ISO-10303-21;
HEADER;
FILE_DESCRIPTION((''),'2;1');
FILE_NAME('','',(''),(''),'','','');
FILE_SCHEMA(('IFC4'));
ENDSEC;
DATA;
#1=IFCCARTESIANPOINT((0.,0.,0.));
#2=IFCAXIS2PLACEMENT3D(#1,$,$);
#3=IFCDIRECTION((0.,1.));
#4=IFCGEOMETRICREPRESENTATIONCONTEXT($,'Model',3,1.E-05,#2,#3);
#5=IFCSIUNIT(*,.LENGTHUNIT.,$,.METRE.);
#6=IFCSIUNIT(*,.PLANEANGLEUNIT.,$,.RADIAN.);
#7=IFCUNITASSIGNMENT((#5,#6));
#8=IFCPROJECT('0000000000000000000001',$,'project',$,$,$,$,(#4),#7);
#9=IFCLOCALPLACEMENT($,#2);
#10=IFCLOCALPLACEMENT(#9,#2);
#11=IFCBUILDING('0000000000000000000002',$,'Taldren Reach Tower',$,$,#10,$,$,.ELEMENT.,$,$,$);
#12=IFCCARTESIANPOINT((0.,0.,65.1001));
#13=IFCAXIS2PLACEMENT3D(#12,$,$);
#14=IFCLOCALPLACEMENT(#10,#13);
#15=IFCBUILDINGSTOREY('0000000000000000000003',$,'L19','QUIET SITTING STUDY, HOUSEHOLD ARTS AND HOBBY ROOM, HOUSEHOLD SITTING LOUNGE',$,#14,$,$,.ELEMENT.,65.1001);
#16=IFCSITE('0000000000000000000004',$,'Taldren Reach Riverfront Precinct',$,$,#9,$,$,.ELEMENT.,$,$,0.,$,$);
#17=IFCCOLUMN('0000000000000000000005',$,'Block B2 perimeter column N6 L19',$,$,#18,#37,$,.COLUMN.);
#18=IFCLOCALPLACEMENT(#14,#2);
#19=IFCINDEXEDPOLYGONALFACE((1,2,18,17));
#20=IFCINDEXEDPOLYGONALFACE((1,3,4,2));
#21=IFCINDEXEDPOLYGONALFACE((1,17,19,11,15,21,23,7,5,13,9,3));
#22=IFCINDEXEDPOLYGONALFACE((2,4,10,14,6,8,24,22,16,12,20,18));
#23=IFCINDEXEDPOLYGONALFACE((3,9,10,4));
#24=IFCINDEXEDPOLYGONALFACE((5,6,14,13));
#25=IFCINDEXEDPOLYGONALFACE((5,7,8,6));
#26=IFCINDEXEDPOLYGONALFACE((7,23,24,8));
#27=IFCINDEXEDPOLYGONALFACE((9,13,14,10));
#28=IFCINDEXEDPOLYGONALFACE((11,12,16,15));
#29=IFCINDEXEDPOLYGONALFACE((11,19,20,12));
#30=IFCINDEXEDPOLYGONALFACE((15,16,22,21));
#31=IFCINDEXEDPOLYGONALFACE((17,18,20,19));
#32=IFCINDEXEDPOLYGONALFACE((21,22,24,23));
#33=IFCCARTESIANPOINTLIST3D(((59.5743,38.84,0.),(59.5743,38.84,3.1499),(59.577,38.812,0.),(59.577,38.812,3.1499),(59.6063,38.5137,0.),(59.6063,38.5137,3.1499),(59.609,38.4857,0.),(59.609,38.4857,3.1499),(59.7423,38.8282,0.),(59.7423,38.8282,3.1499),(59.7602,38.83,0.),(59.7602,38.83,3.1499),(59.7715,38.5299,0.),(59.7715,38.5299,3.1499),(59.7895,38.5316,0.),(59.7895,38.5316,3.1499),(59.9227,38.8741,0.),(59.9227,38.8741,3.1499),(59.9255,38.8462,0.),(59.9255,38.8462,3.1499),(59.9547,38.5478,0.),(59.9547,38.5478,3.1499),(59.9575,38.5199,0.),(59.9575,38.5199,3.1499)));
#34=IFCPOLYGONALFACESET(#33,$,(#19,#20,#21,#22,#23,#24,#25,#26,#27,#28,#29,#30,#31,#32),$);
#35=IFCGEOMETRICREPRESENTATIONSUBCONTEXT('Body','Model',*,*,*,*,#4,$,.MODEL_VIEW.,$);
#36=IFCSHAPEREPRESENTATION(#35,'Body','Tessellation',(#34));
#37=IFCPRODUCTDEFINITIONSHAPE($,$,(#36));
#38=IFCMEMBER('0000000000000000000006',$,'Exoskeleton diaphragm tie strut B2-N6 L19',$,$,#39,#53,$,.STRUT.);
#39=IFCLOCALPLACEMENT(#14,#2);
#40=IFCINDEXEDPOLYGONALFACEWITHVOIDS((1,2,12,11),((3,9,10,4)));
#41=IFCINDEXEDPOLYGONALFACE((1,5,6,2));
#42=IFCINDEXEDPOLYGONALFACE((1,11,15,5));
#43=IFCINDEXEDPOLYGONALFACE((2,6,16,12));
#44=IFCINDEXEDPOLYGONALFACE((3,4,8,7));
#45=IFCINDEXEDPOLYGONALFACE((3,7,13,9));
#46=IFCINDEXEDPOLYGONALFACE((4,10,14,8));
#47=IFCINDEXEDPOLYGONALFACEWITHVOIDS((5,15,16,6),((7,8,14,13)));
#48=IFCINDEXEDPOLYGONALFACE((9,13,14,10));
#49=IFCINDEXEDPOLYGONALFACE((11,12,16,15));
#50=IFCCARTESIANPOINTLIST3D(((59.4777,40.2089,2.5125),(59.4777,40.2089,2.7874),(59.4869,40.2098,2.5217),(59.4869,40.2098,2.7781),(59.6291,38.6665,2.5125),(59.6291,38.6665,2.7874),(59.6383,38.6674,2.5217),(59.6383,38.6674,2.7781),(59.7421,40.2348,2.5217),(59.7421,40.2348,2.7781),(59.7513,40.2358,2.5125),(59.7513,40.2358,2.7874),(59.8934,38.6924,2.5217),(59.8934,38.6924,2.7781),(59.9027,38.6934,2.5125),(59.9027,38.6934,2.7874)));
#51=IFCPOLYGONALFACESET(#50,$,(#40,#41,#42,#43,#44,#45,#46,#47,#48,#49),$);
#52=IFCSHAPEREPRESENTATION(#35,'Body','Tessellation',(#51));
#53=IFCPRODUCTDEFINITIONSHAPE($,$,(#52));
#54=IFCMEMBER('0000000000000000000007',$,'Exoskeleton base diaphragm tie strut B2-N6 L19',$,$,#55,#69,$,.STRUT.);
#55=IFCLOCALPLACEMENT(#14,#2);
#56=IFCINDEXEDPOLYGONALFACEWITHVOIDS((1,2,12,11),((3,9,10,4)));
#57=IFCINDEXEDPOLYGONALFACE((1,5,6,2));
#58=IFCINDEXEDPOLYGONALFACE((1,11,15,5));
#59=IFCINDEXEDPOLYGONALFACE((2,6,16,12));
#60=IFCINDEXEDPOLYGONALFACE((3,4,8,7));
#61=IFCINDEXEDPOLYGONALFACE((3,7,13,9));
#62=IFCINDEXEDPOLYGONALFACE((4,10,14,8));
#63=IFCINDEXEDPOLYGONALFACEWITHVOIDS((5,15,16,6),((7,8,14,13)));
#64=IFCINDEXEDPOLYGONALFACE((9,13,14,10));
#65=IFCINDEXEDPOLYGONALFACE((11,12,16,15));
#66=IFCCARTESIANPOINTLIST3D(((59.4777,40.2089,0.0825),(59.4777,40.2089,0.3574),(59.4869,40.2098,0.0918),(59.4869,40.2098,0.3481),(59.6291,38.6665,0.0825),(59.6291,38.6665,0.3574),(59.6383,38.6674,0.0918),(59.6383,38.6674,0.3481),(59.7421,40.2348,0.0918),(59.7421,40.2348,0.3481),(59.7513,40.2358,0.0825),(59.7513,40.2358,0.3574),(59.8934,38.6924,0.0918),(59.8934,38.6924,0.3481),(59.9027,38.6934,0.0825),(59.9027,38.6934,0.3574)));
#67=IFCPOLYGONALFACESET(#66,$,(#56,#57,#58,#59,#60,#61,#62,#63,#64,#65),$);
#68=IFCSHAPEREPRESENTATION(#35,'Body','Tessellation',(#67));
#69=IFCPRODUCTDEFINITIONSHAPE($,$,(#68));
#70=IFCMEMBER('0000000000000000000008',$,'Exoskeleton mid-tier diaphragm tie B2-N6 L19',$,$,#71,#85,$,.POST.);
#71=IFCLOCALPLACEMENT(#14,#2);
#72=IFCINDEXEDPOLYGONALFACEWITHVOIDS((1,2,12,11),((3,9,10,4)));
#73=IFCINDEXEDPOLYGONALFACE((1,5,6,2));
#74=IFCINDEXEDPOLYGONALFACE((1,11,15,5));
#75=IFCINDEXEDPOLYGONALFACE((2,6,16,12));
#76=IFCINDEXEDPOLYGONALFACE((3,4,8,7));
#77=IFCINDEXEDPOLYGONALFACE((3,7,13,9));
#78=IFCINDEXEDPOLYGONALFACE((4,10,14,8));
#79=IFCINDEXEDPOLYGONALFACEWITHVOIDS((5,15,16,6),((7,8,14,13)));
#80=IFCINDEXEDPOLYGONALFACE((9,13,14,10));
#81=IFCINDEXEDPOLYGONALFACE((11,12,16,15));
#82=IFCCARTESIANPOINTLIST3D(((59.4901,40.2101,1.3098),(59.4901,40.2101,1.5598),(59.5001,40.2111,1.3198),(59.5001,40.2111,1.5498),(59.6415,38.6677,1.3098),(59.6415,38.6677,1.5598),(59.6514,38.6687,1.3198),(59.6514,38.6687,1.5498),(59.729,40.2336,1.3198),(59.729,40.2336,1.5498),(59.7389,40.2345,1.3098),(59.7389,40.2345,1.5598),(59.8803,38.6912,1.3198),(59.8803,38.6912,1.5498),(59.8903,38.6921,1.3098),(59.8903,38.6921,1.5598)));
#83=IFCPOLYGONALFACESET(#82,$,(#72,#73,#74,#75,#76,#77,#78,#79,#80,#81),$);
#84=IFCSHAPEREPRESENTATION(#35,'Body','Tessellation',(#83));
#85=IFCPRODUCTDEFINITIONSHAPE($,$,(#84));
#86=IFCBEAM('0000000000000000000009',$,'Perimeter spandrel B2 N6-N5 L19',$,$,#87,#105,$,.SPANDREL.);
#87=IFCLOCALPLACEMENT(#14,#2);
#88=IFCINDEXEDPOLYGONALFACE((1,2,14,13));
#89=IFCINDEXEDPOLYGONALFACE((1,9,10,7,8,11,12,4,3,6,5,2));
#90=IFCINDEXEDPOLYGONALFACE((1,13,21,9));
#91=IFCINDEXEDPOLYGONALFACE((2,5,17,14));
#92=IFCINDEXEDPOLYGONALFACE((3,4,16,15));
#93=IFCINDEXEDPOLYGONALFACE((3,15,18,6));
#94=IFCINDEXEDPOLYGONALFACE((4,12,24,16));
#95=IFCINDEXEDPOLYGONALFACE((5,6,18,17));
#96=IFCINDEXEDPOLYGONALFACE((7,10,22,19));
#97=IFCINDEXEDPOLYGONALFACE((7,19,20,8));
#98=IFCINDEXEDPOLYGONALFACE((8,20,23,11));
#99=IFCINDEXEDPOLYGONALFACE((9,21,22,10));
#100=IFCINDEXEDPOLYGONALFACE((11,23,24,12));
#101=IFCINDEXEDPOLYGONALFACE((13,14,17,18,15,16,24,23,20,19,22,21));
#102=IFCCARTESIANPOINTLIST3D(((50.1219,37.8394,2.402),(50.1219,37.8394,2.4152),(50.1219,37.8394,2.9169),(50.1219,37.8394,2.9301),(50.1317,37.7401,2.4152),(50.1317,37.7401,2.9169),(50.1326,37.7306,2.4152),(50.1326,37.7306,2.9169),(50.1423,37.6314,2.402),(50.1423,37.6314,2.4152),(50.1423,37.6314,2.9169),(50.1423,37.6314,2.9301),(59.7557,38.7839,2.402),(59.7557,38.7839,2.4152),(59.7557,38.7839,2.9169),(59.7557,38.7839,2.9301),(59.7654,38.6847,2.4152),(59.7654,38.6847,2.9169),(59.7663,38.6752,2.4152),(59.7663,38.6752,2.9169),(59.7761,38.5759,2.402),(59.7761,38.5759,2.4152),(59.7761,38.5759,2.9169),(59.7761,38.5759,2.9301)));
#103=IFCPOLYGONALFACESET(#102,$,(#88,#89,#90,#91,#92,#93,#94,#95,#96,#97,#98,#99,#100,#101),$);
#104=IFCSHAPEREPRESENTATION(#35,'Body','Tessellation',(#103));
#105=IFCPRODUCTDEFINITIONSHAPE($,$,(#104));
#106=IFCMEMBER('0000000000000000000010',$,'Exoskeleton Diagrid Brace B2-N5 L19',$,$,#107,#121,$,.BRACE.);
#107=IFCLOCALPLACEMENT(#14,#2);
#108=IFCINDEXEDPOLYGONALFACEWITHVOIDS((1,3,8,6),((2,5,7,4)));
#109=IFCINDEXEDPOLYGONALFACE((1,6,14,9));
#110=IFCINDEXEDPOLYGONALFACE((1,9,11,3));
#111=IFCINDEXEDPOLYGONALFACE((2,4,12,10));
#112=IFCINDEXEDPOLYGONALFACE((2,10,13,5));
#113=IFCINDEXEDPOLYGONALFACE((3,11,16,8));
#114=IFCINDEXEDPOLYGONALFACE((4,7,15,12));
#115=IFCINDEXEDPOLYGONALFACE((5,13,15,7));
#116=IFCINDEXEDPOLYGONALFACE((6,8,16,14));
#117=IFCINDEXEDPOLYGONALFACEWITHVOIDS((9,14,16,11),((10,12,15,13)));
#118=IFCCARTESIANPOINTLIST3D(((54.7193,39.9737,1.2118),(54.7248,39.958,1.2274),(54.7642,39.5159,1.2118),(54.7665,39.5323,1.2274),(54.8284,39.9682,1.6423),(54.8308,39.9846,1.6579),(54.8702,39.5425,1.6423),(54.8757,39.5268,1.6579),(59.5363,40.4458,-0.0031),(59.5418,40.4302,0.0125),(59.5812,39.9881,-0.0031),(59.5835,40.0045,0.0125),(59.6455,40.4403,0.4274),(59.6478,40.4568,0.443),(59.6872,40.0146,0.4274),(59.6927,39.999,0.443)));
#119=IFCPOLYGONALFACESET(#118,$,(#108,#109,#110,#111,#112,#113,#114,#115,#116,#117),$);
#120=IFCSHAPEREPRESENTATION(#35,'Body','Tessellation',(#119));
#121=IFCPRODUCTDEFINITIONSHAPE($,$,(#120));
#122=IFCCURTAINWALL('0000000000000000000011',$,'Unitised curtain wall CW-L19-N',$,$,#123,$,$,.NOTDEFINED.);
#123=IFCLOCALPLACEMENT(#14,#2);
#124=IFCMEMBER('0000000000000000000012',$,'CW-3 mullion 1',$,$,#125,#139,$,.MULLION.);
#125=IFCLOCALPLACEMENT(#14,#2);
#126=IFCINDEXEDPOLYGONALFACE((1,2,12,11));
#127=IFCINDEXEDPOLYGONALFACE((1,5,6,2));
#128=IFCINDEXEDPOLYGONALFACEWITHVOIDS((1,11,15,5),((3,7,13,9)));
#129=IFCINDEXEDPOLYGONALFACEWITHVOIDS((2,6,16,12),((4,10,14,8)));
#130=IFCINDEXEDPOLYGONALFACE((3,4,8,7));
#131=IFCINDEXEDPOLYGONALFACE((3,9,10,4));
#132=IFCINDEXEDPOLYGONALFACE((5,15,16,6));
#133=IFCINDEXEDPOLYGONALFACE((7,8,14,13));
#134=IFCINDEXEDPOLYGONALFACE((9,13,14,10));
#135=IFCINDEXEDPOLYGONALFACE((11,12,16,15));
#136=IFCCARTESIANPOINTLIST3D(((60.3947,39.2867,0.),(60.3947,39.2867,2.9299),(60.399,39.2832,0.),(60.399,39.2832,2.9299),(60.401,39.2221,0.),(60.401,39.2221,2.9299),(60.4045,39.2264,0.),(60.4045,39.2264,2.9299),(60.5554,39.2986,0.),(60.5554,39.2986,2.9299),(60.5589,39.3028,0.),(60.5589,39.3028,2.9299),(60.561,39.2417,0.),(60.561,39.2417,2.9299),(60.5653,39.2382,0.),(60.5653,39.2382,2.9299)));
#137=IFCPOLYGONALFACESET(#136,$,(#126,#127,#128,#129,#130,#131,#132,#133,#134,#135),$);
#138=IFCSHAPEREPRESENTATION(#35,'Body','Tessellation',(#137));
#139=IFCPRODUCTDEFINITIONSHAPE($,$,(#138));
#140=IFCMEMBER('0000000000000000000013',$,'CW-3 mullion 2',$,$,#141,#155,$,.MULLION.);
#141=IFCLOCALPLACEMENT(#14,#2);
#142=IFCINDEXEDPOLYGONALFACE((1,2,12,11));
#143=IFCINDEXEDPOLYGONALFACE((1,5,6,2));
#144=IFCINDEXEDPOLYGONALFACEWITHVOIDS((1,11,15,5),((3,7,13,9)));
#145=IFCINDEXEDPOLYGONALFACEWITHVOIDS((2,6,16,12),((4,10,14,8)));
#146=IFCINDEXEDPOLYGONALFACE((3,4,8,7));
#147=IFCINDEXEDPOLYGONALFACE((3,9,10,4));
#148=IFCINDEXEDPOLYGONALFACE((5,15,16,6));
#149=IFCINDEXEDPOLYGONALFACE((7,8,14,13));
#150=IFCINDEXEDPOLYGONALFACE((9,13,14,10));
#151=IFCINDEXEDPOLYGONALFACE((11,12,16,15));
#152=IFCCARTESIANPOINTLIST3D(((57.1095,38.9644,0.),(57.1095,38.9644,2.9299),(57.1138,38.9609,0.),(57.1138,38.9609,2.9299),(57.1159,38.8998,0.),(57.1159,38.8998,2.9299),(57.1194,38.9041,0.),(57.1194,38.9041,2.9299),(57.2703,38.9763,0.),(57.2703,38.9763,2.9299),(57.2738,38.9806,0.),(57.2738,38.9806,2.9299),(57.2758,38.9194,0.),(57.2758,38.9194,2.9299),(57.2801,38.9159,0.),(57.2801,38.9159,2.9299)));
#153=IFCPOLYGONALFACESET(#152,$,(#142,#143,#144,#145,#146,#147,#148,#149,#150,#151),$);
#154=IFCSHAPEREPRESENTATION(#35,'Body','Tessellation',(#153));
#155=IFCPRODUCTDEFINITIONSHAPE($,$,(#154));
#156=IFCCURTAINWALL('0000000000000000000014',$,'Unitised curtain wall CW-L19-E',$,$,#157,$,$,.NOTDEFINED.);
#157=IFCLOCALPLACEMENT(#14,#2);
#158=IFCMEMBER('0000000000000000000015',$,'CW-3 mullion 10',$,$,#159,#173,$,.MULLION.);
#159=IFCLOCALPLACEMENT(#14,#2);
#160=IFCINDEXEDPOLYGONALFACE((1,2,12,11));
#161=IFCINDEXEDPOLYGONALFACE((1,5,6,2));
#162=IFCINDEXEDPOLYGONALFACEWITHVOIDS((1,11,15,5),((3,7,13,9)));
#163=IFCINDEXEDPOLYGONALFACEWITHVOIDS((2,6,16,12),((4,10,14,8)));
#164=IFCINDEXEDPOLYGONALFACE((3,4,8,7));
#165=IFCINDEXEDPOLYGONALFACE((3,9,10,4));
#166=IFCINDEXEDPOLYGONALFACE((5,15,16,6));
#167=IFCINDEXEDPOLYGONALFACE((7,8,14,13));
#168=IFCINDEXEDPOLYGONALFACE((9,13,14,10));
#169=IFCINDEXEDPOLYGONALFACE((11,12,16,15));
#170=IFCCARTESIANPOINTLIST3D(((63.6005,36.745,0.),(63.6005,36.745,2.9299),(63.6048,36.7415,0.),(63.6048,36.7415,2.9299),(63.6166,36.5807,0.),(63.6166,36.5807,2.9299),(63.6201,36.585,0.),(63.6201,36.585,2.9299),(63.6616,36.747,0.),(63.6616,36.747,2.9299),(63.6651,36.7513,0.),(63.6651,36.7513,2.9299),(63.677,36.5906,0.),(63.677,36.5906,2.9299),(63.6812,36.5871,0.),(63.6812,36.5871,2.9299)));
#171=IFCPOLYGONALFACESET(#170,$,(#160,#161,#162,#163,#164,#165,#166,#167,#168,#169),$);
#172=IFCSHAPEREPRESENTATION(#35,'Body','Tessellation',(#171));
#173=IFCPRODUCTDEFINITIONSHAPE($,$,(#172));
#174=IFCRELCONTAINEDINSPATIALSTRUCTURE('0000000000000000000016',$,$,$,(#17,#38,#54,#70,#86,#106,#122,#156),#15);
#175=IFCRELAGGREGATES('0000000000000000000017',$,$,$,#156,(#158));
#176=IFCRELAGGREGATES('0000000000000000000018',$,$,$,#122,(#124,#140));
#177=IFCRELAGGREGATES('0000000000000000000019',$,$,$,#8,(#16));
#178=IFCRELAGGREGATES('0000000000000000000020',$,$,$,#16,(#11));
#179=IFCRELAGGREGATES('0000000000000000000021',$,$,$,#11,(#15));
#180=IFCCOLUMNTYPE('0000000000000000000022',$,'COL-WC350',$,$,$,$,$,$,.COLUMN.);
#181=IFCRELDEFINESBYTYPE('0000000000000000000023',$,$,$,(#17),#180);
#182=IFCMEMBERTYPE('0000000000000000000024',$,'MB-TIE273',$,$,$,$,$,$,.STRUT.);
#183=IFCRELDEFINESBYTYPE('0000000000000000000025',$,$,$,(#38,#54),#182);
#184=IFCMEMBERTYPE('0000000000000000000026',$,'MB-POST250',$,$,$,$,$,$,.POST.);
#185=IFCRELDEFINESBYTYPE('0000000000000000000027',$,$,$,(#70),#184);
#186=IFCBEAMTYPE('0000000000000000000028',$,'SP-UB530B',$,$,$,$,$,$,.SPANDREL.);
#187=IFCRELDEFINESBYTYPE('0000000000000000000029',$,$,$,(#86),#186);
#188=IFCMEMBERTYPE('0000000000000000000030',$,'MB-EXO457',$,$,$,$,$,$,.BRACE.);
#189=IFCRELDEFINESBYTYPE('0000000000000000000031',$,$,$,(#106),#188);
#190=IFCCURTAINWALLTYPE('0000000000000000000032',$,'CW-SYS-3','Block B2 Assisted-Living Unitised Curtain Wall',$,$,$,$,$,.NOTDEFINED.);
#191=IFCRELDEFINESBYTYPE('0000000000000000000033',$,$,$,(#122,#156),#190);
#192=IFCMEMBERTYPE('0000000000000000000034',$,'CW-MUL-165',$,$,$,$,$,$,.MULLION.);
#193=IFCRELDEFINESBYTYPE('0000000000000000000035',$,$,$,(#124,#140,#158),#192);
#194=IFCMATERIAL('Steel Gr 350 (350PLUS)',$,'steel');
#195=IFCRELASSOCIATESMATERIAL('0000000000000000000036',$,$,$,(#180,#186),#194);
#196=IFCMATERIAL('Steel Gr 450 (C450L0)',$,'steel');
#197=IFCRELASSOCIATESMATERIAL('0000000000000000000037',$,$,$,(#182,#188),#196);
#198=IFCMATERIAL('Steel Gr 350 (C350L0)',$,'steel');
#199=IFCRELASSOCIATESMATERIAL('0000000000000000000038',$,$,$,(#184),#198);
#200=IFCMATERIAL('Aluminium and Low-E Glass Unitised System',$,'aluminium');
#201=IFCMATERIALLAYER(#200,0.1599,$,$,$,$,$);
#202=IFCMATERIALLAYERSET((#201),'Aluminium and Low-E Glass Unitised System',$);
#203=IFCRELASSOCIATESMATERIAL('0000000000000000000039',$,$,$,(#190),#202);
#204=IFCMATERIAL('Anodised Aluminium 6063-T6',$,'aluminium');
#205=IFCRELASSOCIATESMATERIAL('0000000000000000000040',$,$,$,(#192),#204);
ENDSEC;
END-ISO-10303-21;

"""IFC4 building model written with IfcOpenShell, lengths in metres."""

from ifc_helpers import new_model, si_unit, direction, frame, origin, origin_2d, place, context, subcontext, project, spatial, hollow_rectangle, i_section, extrude, source, transform, mapped, material, layer, layer_set, material_profile, profile_set, type_object, element, aggregate, save


model = new_model("IFC4")

# Units and contexts
model_context = context("Model", 3, precision=1e-05, world=origin(), true_north=direction((0.0, 1.0)))
body_context = subcontext(model_context, "Body", "Model", "MODEL_VIEW")
ifc_project = project(units=[si_unit("LENGTHUNIT", "METRE"), si_unit("PLANEANGLEUNIT", "RADIAN")], contexts=[model_context])

# Site, building, storey
site_placement = place(None, origin())
site = spatial("IfcSite", under=ifc_project, at=site_placement, Name="Taldren Reach Riverfront Precinct", CompositionType="ELEMENT", RefElevation=0.0)
building_placement = place(site_placement, origin())
building = spatial("IfcBuilding", under=site, at=building_placement, Name="Taldren Reach Tower", CompositionType="ELEMENT")
storey_placement = place(building_placement, frame((0.0, 0.0, 65.1001)))
storey = spatial("IfcBuildingStorey", under=building, at=storey_placement, Name="L19", Description="QUIET SITTING STUDY, HOUSEHOLD ARTS AND HOBBY ROOM, HOUSEHOLD SITTING LOUNGE", CompositionType="ELEMENT", Elevation=65.1001)

# Column
ifc_material_1 = material(Name="Steel Gr 350 (350PLUS)", Category="steel")
ifc_material_profile_1 = material_profile(ifc_material_1, i_section(OverallWidth=0.3501, OverallDepth=0.356, WebThickness=0.0181, FlangeThickness=0.0281, at=origin_2d()), Name="350WC197")
ifc_profile_set_1 = profile_set([ifc_material_profile_1], Name="Steel Gr 350 (350PLUS)")
column_type = type_object("IfcColumnType", Name="COL-WC350", PredefinedType="COLUMN", material=ifc_profile_set_1)
shared_shape_1 = source(origin(), body_context, "Body", "SweptSolid", [
    extrude(i_section(OverallWidth=0.3501, OverallDepth=0.356, WebThickness=0.0181, FlangeThickness=0.0281, at=origin_2d()), origin(), (0.0, 0.0, 1.0), 3.1499),
])
column_placement = place(storey_placement, frame((59.7659, 38.6799, 0.0), z_axis=(0.0, 0.0, 1.0), x_axis=(0.995227, 0.097583, 0.0)))
element("IfcColumn", 1, at=column_placement, inside=storey, type_object=column_type, Name="Block B2 perimeter column N6 L19", PredefinedType="COLUMN", context=body_context, shape_type="MappedRepresentation", body=[
    mapped(shared_shape_1, transform((0.0, 0.0, 0.0), scale=1.0)),
])

# Members
ifc_material_2 = material(Name="Steel Gr 450 (C450L0)", Category="steel")
ifc_material_profile_2 = material_profile(ifc_material_2, hollow_rectangle(XDim=0.2749, YDim=0.2749, WallThickness=0.0093, at=origin_2d()), Name="275x275x9.3SHS")
ifc_profile_set_2 = profile_set([ifc_material_profile_2], Name="Steel Gr 450 (C450L0)")
member_type_1 = type_object("IfcMemberType", Name="MB-TIE273", PredefinedType="STRUT", material=ifc_profile_set_2)
shared_shape_2 = source(origin(), body_context, "Body", "SweptSolid", [
    extrude(hollow_rectangle(XDim=0.2749, YDim=0.2749, WallThickness=0.0093, at=origin_2d()), origin(), (0.0, 0.0, 1.0), 1.5498),
])
for number, where, z_axis, x_axis, name in (
    (2, (59.7659, 38.6799, 2.6499), (-0.097663, 0.99522, 0.0), (-0.99522, -0.097663, 0.0), "Exoskeleton diaphragm tie strut B2-N6 L19"),
    (3, (59.7659, 38.6799, 0.22), (-0.097663, 0.99522, 0.0), (-0.99522, -0.097663, 0.0), "Exoskeleton base diaphragm tie strut B2-N6 L19"),
):
    element("IfcMember", number, at=place(storey_placement, frame(where, z_axis=z_axis, x_axis=x_axis)), inside=storey, type_object=member_type_1, Name=name, PredefinedType="STRUT", context=body_context, shape_type="MappedRepresentation", body=[
        mapped(shared_shape_2, transform((0.0, 0.0, 0.0), scale=1.0)),
    ])
ifc_material_3 = material(Name="Steel Gr 350 (C350L0)", Category="steel")
ifc_material_profile_3 = material_profile(ifc_material_3, hollow_rectangle(XDim=0.25, YDim=0.25, WallThickness=0.01, at=origin_2d()), Name="250x250x10.0SHS")
ifc_profile_set_3 = profile_set([ifc_material_profile_3], Name="Steel Gr 350 (C350L0)")
member_type_2 = type_object("IfcMemberType", Name="MB-POST250", PredefinedType="POST", material=ifc_profile_set_3)
shared_shape_3 = source(origin(), body_context, "Body", "SweptSolid", [
    extrude(hollow_rectangle(XDim=0.25, YDim=0.25, WallThickness=0.01, at=origin_2d()), origin(), (0.0, 0.0, 1.0), 1.5498),
])
member_1_placement = place(storey_placement, frame((59.7659, 38.6799, 1.4348), z_axis=(-0.097663, 0.99522, 0.0), x_axis=(-0.99522, -0.097663, 0.0)))
element("IfcMember", 4, at=member_1_placement, inside=storey, type_object=member_type_2, Name="Exoskeleton mid-tier diaphragm tie B2-N6 L19", PredefinedType="POST", context=body_context, shape_type="MappedRepresentation", body=[
    mapped(shared_shape_3, transform((0.0, 0.0, 0.0), scale=1.0)),
])

# Beam
ifc_material_profile_4 = material_profile(ifc_material_1, i_section(OverallWidth=0.209, OverallDepth=0.5281, WebThickness=0.0095, FlangeThickness=0.0132, at=origin_2d()), Name="530UB82.0")
ifc_profile_set_4 = profile_set([ifc_material_profile_4], Name="Steel Gr 350 (350PLUS)")
beam_type = type_object("IfcBeamType", Name="SP-UB530B", PredefinedType="SPANDREL", material=ifc_profile_set_4)
shared_shape_4 = source(origin(), body_context, "Body", "SweptSolid", [
    extrude(i_section(OverallWidth=0.209, OverallDepth=0.5281, WebThickness=0.0095, FlangeThickness=0.0132, at=origin_2d()), origin(), (0.0, 0.0, 1.0), 9.6799),
])
beam_placement = place(storey_placement, frame((59.7659, 38.6799, 2.666), z_axis=(-0.995228, -0.097581, 0.0), x_axis=(0.097581, -0.995228, 0.0)))
element("IfcBeam", 5, at=beam_placement, inside=storey, type_object=beam_type, Name="Perimeter spandrel B2 N6-N5 L19", PredefinedType="SPANDREL", context=body_context, shape_type="MappedRepresentation", body=[
    mapped(shared_shape_4, transform((0.0, 0.0, 0.0), scale=1.0)),
])

# Member
ifc_material_profile_5 = material_profile(ifc_material_2, hollow_rectangle(XDim=0.46, YDim=0.46, WallThickness=0.0161, at=origin_2d()), Name="460x460x16.0SHS")
ifc_profile_set_5 = profile_set([ifc_material_profile_5], Name="Steel Gr 450 (C450L0)")
member_type_3 = type_object("IfcMemberType", Name="MB-EXO457", PredefinedType="BRACE", material=ifc_profile_set_5)
shared_shape_5 = source(origin(), body_context, "Body", "SweptSolid", [
    extrude(hollow_rectangle(XDim=0.46, YDim=0.46, WallThickness=0.0161, at=origin_2d()), origin(), (0.0, 0.0, 1.0), 4.9902),
])
member_2_placement = place(storey_placement, frame((59.6145, 40.2224, 0.22), z_axis=(-0.965287, -0.094621, 0.24345), x_axis=(0.097556, -0.99523, 0.0)))
element("IfcMember", 6, at=member_2_placement, inside=storey, type_object=member_type_3, Name="Exoskeleton Diagrid Brace B2-N5 L19", PredefinedType="BRACE", context=body_context, shape_type="MappedRepresentation", body=[
    mapped(shared_shape_5, transform((0.0, 0.0, 0.0), scale=1.0)),
])

# Curtain wall, members
ifc_material_4 = material(Name="Aluminium and Low-E Glass Unitised System", Category="aluminium")
ifc_layer_1 = layer(ifc_material_4, 0.1599)
ifc_layer_set_1 = layer_set([ifc_layer_1], Name="Aluminium and Low-E Glass Unitised System")
curtain_wall_type = type_object("IfcCurtainWallType", Name="CW-SYS-3", Description="Block B2 Assisted-Living Unitised Curtain Wall", PredefinedType="NOTDEFINED", material=ifc_layer_set_1)
curtain_wall_1_placement = place(storey_placement, origin())
curtain_wall_1 = element("IfcCurtainWall", 7, at=curtain_wall_1_placement, inside=storey, type_object=curtain_wall_type, Name="Unitised curtain wall CW-L19-N", PredefinedType="NOTDEFINED")
ifc_material_5 = material(Name="Anodised Aluminium 6063-T6", Category="aluminium")
ifc_material_profile_6 = material_profile(ifc_material_5, hollow_rectangle(XDim=0.0649, YDim=0.165, WallThickness=0.0039, at=origin_2d()), Name="ALU-165x65x4RHS")
ifc_profile_set_6 = profile_set([ifc_material_profile_6], Name="Anodised Aluminium 6063-T6")
member_type_4 = type_object("IfcMemberType", Name="CW-MUL-165", PredefinedType="MULLION", material=ifc_profile_set_6)
shared_shape_6 = source(origin(), body_context, "Body", "SweptSolid", [
    extrude(hollow_rectangle(XDim=0.0649, YDim=0.165, WallThickness=0.0039, at=origin_2d()), origin(), (0.0, 0.0, 1.0), 2.9299),
])
member_3_placement = place(storey_placement, frame((60.48, 39.2625, 0.0), z_axis=(0.0, 0.0, 1.0), x_axis=(0.097583, -0.995227, 0.0)))
member_3 = element("IfcMember", 8, at=member_3_placement, type_object=member_type_4, Name="CW-3 mullion 1", PredefinedType="MULLION", context=body_context, shape_type="MappedRepresentation", body=[
    mapped(shared_shape_6, transform((0.0, 0.0, 0.0), scale=1.0)),
])
member_4_placement = place(storey_placement, frame((57.1948, 38.9402, 0.0), z_axis=(0.0, 0.0, 1.0), x_axis=(0.097583, -0.995227, 0.0)))
member_4 = element("IfcMember", 9, at=member_4_placement, type_object=member_type_4, Name="CW-3 mullion 2", PredefinedType="MULLION", context=body_context, shape_type="MappedRepresentation", body=[
    mapped(shared_shape_6, transform((0.0, 0.0, 0.0), scale=1.0)),
])

# Curtain wall, member
curtain_wall_2_placement = place(storey_placement, origin())
curtain_wall_2 = element("IfcCurtainWall", 10, at=curtain_wall_2_placement, inside=storey, type_object=curtain_wall_type, Name="Unitised curtain wall CW-L19-E", PredefinedType="NOTDEFINED")
member_5_placement = place(storey_placement, frame((63.6409, 36.666, 0.0), z_axis=(0.0, 0.0, 1.0), x_axis=(-0.995227, -0.097583, 0.0)))
member_5 = element("IfcMember", 11, at=member_5_placement, type_object=member_type_4, Name="CW-3 mullion 10", PredefinedType="MULLION", context=body_context, shape_type="MappedRepresentation", body=[
    mapped(shared_shape_6, transform((0.0, 0.0, 0.0), scale=1.0)),
])
aggregate(curtain_wall_2, [member_5])

aggregate(curtain_wall_1, [member_3, member_4])

save(model, "model.ifc")
